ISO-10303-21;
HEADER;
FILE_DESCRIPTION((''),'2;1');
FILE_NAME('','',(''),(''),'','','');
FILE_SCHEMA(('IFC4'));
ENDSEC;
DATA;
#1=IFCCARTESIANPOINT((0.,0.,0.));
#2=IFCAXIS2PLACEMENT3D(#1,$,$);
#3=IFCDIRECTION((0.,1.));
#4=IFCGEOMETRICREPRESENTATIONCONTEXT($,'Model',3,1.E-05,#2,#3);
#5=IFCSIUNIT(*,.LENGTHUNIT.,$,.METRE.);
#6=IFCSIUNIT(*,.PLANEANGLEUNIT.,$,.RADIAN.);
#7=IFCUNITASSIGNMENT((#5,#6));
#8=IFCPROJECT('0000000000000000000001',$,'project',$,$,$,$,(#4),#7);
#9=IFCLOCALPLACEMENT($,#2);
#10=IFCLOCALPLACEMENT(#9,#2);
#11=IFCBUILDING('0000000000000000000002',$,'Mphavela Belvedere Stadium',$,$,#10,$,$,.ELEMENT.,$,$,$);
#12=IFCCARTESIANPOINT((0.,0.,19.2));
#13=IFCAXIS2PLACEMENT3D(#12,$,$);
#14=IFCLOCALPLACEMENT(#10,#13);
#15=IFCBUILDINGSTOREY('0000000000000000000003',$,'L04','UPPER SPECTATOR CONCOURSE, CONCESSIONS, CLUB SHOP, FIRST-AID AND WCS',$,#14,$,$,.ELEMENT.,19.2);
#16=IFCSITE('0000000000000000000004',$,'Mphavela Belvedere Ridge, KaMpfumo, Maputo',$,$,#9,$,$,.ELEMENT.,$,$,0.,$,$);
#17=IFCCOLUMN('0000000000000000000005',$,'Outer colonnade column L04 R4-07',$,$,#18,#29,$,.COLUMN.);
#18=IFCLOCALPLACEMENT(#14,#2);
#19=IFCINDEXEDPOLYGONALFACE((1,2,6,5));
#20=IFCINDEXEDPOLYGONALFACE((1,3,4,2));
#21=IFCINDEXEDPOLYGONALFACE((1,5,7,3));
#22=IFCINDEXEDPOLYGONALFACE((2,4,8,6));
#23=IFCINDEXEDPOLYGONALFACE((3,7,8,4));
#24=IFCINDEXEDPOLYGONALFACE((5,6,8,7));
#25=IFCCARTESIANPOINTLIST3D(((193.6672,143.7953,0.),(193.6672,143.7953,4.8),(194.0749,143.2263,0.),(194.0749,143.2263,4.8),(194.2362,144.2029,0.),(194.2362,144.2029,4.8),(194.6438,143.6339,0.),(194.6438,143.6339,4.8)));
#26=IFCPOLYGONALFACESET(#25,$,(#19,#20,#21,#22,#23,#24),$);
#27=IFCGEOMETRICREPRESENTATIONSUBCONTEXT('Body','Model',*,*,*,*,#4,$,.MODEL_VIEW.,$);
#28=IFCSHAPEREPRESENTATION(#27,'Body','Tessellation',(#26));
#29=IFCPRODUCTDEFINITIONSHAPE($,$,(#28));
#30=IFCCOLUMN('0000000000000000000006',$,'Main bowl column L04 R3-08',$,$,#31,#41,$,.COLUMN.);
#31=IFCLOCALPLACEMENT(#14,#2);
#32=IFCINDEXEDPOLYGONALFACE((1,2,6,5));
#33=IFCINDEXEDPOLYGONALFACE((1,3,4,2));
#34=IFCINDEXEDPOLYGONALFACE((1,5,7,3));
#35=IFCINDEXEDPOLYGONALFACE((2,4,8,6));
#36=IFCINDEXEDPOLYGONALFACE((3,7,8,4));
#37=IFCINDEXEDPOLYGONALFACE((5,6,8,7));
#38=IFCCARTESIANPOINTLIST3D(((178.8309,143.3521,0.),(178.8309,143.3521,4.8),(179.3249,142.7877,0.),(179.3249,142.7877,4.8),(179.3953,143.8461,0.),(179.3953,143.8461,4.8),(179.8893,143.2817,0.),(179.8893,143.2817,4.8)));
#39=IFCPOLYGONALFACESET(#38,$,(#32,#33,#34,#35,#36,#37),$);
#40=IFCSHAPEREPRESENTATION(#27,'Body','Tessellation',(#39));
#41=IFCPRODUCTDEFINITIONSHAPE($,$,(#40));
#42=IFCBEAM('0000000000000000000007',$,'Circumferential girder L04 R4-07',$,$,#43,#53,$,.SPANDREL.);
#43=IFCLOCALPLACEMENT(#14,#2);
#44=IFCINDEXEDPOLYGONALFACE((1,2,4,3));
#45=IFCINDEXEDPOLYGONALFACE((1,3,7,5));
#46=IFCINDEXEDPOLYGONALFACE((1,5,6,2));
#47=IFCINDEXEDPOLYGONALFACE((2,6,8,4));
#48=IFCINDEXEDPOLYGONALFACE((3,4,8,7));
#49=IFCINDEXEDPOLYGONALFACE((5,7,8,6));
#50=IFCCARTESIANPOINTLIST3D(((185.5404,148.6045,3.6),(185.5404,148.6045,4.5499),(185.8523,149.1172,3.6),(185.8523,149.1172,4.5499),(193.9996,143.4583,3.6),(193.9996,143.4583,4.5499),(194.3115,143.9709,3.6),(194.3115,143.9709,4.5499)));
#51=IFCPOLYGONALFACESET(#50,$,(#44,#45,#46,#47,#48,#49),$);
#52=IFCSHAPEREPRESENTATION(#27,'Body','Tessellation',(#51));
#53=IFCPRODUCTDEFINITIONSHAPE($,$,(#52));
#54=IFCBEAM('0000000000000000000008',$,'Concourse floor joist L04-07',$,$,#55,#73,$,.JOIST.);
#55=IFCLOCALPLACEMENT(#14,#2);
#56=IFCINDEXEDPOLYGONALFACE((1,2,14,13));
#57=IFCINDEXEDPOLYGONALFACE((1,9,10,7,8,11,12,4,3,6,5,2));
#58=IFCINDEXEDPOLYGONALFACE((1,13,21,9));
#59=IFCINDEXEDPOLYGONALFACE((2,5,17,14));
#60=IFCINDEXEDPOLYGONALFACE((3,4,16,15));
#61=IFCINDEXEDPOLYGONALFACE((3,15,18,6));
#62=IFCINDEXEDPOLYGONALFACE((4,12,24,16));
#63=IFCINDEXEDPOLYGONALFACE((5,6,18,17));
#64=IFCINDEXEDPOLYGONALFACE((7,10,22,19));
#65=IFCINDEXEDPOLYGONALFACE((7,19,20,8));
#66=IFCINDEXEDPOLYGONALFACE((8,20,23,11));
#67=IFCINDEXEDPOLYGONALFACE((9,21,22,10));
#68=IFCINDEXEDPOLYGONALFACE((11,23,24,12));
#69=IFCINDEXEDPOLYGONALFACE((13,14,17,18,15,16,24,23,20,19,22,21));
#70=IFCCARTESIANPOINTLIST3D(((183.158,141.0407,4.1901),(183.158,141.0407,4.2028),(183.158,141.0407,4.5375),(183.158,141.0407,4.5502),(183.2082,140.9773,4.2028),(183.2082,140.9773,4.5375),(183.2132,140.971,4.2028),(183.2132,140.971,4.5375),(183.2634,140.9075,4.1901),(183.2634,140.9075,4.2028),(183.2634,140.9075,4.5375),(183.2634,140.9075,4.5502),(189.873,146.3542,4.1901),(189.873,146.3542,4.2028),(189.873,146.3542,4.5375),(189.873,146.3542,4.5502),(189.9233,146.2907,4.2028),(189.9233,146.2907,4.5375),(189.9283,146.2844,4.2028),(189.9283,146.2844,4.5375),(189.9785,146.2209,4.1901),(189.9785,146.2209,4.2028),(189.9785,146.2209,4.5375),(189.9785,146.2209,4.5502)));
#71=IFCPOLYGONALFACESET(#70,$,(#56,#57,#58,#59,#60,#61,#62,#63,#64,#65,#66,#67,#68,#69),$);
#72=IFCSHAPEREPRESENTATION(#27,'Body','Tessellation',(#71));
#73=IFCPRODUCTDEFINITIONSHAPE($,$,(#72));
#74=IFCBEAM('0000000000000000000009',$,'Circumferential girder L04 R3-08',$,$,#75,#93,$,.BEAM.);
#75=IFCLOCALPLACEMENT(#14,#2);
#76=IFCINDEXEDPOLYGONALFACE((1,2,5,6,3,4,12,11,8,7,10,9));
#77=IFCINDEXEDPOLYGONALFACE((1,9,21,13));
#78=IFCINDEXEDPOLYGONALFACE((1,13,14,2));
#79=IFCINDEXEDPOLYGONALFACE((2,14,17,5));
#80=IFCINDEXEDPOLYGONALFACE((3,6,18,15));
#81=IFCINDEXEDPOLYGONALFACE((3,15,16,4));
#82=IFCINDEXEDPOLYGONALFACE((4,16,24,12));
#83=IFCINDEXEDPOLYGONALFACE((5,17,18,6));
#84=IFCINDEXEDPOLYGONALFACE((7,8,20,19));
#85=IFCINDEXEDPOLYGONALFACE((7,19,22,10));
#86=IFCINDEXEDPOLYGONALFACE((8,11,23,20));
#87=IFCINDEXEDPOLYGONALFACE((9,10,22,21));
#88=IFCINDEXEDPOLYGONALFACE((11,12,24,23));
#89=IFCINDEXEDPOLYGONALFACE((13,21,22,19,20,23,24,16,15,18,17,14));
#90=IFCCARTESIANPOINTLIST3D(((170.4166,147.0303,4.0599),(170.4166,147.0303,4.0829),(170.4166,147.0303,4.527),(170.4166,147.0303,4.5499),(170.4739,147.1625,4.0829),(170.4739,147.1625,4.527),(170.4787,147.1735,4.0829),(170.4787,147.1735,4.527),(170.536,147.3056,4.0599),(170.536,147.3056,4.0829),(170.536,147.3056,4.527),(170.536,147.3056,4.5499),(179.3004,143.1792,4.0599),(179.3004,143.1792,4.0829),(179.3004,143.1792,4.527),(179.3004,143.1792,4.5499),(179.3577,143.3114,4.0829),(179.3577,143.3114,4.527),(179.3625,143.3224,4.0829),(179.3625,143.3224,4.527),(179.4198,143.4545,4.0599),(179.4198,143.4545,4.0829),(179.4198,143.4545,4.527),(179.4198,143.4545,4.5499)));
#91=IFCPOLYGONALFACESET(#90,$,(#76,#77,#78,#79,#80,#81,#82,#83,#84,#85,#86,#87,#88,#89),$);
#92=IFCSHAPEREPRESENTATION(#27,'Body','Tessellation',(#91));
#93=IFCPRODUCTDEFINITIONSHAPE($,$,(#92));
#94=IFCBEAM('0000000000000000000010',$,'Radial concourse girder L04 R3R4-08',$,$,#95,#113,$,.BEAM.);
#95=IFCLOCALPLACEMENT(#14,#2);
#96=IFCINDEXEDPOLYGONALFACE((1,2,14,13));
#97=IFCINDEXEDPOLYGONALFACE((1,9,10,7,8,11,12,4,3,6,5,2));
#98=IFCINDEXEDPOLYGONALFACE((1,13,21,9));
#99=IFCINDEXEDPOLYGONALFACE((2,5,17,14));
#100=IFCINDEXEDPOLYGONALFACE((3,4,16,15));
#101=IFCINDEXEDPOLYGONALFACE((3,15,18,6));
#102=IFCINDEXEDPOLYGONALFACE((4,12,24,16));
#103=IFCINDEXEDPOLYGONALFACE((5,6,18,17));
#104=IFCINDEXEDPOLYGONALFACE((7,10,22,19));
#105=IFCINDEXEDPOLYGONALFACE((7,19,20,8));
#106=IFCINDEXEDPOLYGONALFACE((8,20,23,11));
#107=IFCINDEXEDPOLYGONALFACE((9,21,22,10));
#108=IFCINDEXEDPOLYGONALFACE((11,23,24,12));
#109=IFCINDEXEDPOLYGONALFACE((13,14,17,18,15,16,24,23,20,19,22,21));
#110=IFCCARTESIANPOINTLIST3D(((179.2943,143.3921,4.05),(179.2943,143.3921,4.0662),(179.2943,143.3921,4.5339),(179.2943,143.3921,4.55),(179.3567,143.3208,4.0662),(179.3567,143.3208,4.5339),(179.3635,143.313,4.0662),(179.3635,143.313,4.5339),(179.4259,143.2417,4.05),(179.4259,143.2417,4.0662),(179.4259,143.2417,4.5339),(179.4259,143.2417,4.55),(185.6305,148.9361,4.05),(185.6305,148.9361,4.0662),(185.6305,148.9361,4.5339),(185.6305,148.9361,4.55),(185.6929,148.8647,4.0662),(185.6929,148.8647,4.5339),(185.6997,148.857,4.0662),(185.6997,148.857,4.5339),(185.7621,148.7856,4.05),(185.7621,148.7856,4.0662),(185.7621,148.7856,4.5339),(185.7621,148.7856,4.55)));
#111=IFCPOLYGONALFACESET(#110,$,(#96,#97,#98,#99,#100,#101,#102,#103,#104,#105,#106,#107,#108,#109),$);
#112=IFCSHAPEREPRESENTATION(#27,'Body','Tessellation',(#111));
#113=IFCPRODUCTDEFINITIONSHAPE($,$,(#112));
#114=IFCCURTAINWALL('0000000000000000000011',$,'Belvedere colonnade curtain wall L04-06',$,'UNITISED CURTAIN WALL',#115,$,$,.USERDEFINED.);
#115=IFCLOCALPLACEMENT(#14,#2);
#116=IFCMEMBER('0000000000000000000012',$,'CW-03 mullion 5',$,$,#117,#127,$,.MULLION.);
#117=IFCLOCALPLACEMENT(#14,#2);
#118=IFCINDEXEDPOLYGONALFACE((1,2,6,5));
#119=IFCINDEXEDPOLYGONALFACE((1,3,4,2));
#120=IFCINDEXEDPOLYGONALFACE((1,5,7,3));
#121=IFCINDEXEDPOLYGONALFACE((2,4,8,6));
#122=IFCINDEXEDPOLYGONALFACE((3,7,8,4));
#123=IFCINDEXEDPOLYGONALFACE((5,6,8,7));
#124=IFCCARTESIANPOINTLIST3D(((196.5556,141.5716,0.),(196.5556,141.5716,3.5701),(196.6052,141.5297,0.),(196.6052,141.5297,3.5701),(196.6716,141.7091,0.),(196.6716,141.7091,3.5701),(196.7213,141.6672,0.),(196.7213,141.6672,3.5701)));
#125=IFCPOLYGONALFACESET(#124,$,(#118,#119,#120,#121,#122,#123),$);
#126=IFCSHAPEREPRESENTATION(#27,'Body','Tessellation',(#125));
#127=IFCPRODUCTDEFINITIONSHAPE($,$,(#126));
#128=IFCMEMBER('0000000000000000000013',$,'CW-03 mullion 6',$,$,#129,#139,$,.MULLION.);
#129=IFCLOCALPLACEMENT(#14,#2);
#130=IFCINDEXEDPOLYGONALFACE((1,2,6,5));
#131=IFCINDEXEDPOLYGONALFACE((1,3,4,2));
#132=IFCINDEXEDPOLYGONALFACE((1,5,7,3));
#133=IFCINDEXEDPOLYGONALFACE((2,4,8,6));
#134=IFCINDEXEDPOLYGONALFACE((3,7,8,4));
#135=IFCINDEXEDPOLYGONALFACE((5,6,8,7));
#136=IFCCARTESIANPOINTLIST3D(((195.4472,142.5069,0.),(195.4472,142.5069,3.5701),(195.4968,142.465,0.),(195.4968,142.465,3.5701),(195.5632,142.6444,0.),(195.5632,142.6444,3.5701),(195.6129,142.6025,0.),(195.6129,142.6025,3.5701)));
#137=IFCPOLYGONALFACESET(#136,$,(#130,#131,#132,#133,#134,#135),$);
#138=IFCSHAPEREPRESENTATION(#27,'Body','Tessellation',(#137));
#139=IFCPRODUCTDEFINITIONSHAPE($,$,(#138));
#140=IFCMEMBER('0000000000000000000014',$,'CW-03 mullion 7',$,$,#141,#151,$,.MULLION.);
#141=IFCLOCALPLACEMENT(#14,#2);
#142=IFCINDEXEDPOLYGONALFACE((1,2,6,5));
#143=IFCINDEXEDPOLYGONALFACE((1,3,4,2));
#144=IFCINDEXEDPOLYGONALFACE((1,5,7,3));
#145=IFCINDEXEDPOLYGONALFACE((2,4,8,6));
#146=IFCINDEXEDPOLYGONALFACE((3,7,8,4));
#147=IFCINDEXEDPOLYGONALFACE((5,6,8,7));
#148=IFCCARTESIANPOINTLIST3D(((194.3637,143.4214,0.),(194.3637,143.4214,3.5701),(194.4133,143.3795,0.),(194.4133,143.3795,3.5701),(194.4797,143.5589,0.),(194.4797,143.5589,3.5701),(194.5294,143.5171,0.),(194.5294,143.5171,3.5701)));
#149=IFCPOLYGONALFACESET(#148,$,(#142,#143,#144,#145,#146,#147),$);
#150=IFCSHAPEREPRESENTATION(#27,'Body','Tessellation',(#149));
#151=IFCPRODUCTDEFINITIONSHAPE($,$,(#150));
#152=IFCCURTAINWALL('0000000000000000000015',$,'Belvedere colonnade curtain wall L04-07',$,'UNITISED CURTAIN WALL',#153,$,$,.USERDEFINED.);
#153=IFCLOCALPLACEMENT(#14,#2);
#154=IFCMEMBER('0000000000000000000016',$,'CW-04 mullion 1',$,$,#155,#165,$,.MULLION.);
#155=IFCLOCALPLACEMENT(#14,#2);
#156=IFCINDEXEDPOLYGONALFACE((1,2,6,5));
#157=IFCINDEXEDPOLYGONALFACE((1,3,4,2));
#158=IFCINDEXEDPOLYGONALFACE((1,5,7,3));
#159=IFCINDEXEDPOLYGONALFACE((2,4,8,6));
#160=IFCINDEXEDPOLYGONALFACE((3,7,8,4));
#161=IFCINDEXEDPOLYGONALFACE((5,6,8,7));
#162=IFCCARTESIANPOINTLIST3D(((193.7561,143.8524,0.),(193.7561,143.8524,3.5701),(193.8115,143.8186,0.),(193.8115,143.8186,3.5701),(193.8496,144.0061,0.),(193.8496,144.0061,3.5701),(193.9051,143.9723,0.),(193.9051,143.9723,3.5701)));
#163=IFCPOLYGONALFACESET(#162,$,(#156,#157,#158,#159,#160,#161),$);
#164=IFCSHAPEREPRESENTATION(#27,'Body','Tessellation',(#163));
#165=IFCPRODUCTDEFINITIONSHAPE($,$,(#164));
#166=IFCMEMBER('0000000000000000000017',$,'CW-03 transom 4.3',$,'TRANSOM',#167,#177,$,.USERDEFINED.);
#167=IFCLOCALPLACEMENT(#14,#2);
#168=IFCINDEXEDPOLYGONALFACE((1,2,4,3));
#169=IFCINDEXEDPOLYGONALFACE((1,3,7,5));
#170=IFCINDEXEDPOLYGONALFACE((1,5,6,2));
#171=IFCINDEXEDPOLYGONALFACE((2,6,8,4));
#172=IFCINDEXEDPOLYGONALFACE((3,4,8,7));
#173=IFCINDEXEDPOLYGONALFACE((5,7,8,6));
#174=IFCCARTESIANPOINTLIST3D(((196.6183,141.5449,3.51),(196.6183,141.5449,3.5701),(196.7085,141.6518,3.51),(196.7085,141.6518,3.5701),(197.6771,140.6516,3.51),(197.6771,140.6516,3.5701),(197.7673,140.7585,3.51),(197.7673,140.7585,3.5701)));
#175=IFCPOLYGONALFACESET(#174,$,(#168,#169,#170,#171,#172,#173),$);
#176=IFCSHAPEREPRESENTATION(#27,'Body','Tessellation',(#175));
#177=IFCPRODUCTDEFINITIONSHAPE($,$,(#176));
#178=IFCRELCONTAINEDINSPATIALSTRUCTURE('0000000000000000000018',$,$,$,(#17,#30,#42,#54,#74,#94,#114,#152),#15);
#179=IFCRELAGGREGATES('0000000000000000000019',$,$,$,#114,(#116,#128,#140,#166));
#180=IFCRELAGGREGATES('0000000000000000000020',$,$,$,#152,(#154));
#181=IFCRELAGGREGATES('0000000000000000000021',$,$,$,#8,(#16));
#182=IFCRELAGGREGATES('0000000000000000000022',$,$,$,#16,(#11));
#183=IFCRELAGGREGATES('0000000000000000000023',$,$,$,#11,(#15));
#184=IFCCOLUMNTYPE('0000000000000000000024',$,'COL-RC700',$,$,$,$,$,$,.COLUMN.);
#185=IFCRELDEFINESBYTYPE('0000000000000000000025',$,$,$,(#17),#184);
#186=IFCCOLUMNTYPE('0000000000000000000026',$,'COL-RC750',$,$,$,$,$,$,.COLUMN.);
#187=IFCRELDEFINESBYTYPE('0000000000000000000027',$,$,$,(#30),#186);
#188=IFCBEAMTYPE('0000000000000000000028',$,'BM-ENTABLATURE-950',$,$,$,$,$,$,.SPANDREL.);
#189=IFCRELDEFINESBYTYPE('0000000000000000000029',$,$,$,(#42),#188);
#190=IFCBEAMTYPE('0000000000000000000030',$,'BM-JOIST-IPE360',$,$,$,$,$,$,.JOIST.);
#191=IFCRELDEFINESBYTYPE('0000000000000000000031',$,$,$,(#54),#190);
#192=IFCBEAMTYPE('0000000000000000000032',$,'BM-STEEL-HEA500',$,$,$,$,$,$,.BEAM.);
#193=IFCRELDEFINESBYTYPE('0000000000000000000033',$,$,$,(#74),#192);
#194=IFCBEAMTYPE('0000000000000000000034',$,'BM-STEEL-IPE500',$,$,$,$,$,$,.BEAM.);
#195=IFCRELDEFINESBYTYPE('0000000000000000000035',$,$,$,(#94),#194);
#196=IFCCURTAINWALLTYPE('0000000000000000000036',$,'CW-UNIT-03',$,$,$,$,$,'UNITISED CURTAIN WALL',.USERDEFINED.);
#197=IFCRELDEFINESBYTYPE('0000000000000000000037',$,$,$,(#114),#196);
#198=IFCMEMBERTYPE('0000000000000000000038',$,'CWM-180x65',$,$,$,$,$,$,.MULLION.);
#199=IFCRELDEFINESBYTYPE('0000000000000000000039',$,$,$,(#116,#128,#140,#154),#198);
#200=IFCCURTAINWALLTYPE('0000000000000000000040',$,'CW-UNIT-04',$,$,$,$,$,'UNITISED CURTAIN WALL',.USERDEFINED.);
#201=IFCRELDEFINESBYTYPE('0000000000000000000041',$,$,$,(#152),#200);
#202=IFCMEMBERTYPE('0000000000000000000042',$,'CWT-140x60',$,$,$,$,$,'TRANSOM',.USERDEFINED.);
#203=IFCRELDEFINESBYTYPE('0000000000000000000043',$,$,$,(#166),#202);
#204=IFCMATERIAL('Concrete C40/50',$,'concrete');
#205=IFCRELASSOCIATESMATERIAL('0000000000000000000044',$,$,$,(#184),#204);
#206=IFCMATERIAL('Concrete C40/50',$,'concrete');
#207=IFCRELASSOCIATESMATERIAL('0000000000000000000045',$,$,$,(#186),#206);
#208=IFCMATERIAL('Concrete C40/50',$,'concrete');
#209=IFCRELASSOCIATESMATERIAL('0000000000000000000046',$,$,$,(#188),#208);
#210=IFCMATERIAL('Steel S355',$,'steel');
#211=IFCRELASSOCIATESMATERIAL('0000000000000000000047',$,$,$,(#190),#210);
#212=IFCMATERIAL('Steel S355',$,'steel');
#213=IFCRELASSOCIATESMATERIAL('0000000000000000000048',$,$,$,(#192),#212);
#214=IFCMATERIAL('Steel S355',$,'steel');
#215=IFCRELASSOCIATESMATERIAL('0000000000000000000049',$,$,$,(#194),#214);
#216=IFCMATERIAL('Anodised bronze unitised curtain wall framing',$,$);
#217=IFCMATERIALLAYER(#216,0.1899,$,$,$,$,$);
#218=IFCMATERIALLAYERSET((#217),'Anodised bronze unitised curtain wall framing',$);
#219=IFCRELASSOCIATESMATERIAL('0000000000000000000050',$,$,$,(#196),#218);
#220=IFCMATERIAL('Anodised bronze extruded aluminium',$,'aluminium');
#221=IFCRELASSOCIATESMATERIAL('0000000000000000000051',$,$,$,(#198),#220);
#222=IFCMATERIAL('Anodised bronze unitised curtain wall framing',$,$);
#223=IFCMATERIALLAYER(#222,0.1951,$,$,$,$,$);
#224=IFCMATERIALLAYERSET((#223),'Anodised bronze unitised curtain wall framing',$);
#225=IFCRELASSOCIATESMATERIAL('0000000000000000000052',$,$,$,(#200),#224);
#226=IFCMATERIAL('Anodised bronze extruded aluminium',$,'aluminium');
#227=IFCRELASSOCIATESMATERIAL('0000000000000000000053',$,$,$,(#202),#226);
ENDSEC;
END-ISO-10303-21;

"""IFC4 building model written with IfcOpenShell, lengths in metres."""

from ifc_helpers import new_model, si_unit, direction, frame, origin, origin_2d, place, context, subcontext, project, spatial, rectangle, i_section, extrude, material, layer, layer_set, material_profile, profile_set, type_object, element, aggregate, save


model = new_model("IFC4")

# Units and contexts
model_context = context("Model", 3, precision=1e-05, world=origin(), true_north=direction((0.0, 1.0)))
body_context = subcontext(model_context, "Body", "Model", "MODEL_VIEW")
ifc_project = project(units=[si_unit("LENGTHUNIT", "METRE"), si_unit("PLANEANGLEUNIT", "RADIAN")], contexts=[model_context])

# Site, building, storey
site_placement = place(None, origin())
site = spatial("IfcSite", under=ifc_project, at=site_placement, Name="Mphavela Belvedere Ridge, KaMpfumo, Maputo", CompositionType="ELEMENT", RefElevation=0.0)
building_placement = place(site_placement, origin())
building = spatial("IfcBuilding", under=site, at=building_placement, Name="Mphavela Belvedere Stadium", CompositionType="ELEMENT")
storey_placement = place(building_placement, frame((0.0, 0.0, 19.2)))
storey = spatial("IfcBuildingStorey", under=building, at=storey_placement, Name="L04", Description="UPPER SPECTATOR CONCOURSE, CONCESSIONS, CLUB SHOP, FIRST-AID AND WCS", CompositionType="ELEMENT", Elevation=19.2)

# Columns
ifc_material_1 = material(Name="Concrete C40/50", Category="concrete")
ifc_material_profile_1 = material_profile(ifc_material_1, rectangle(XDim=0.7, YDim=0.7, at=origin_2d()), Name="RC 700x700")
ifc_profile_set_1 = profile_set([ifc_material_profile_1], Name="Concrete C40/50")
column_type_1 = type_object("IfcColumnType", Name="COL-RC700", PredefinedType="COLUMN", material=ifc_profile_set_1)
column_1_placement = place(storey_placement, frame((194.1555, 143.7146, 0.0), z_axis=(0.0, 0.0, 1.0), x_axis=(0.812898, 0.582407, 0.0)))
element("IfcColumn", 1, at=column_1_placement, inside=storey, type_object=column_type_1, Name="Outer colonnade column L04 R4-07", PredefinedType="COLUMN", context=body_context, shape_type="SweptSolid", body=[
    extrude(rectangle(XDim=0.7, YDim=0.7, at=origin_2d()), origin(), (0.0, 0.0, 1.0), 4.8),
])
ifc_material_2 = material(Name="Concrete C40/50", Category="concrete")
ifc_material_profile_2 = material_profile(ifc_material_2, rectangle(XDim=0.75, YDim=0.75, at=origin_2d()), Name="RC 750x750")
ifc_profile_set_2 = profile_set([ifc_material_profile_2], Name="Concrete C40/50")
column_type_2 = type_object("IfcColumnType", Name="COL-RC750", PredefinedType="COLUMN", material=ifc_profile_set_2)
column_2_placement = place(storey_placement, frame((179.3601, 143.3169, 0.0), z_axis=(0.0, 0.0, 1.0), x_axis=(0.75253, 0.658558, 0.0)))
element("IfcColumn", 2, at=column_2_placement, inside=storey, type_object=column_type_2, Name="Main bowl column L04 R3-08", PredefinedType="COLUMN", context=body_context, shape_type="SweptSolid", body=[
    extrude(rectangle(XDim=0.75, YDim=0.75, at=origin_2d()), origin(), (0.0, 0.0, 1.0), 4.8),
])

# Beams
ifc_material_3 = material(Name="Concrete C40/50", Category="concrete")
ifc_material_profile_3 = material_profile(ifc_material_3, rectangle(XDim=0.6001, YDim=0.95, at=origin_2d()), Name="RC 600x950")
ifc_profile_set_3 = profile_set([ifc_material_profile_3], Name="Concrete C40/50")
beam_type_1 = type_object("IfcBeamType", Name="BM-ENTABLATURE-950", PredefinedType="SPANDREL", material=ifc_profile_set_3)
beam_1_placement = place(storey_placement, frame((194.1555, 143.7146, 4.075), z_axis=(-0.854327, 0.519737, 0.0), x_axis=(-0.519737, -0.854327, 0.0)))
element("IfcBeam", 3, at=beam_1_placement, inside=storey, type_object=beam_type_1, Name="Circumferential girder L04 R4-07", PredefinedType="SPANDREL", context=body_context, shape_type="SweptSolid", body=[
    extrude(rectangle(XDim=0.6001, YDim=0.95, at=origin_2d()), origin(), (0.0, 0.0, 1.0), 9.9016),
])
ifc_material_4 = material(Name="Steel S355", Category="steel")
ifc_material_profile_4 = material_profile(ifc_material_4, i_section(OverallWidth=0.1699, OverallDepth=0.3601, WebThickness=0.0081, FlangeThickness=0.0127, at=origin_2d()), Name="IPE 360")
ifc_profile_set_4 = profile_set([ifc_material_profile_4], Name="Steel S355")
beam_type_2 = type_object("IfcBeamType", Name="BM-JOIST-IPE360", PredefinedType="JOIST", material=ifc_profile_set_4)
beam_2_placement = place(storey_placement, frame((183.2107, 140.9741, 4.3701), z_axis=(0.784196, 0.620514, 0.0), x_axis=(-0.620514, 0.784196, 0.0)))
element("IfcBeam", 4, at=beam_2_placement, inside=storey, type_object=beam_type_2, Name="Concourse floor joist L04-07", PredefinedType="JOIST", context=body_context, shape_type="SweptSolid", body=[
    extrude(i_section(OverallWidth=0.1699, OverallDepth=0.3601, WebThickness=0.0081, FlangeThickness=0.0127, at=origin_2d()), origin(), (0.0, 0.0, 1.0), 8.563),
])
ifc_material_5 = material(Name="Steel S355", Category="steel")
ifc_material_profile_5 = material_profile(ifc_material_5, i_section(OverallWidth=0.3, OverallDepth=0.49, WebThickness=0.012, FlangeThickness=0.0229, at=origin_2d()), Name="HEA 500")
ifc_profile_set_5 = profile_set([ifc_material_profile_5], Name="Steel S355")
beam_type_3 = type_object("IfcBeamType", Name="BM-STEEL-HEA500", PredefinedType="BEAM", material=ifc_profile_set_5)
beam_3_placement = place(storey_placement, frame((179.3601, 143.3169, 4.3049), z_axis=(-0.917502, 0.397732, 0.0), x_axis=(-0.397732, -0.917502, 0.0)))
element("IfcBeam", 5, at=beam_3_placement, inside=storey, type_object=beam_type_3, Name="Circumferential girder L04 R3-08", PredefinedType="BEAM", context=body_context, shape_type="SweptSolid", body=[
    extrude(i_section(OverallWidth=0.3, OverallDepth=0.49, WebThickness=0.012, FlangeThickness=0.0229, at=origin_2d()), origin(), (0.0, 0.0, 1.0), 9.6826),
])
ifc_material_6 = material(Name="Steel S355", Category="steel")
ifc_material_profile_6 = material_profile(ifc_material_6, i_section(OverallWidth=0.2, OverallDepth=0.5, WebThickness=0.0103, FlangeThickness=0.0161, at=origin_2d()), Name="IPE 500")
ifc_profile_set_6 = profile_set([ifc_material_profile_6], Name="Steel S355")
beam_type_4 = type_object("IfcBeamType", Name="BM-STEEL-IPE500", PredefinedType="BEAM", material=ifc_profile_set_6)
beam_4_placement = place(storey_placement, frame((179.3601, 143.3169, 4.3), z_axis=(0.752589, 0.65849, 0.0), x_axis=(-0.65849, 0.752589, 0.0)))
element("IfcBeam", 6, at=beam_4_placement, inside=storey, type_object=beam_type_4, Name="Radial concourse girder L04 R3R4-08", PredefinedType="BEAM", context=body_context, shape_type="SweptSolid", body=[
    extrude(i_section(OverallWidth=0.2, OverallDepth=0.5, WebThickness=0.0103, FlangeThickness=0.0161, at=origin_2d()), origin(), (0.0, 0.0, 1.0), 8.4192),
])

# Curtain wall, members
ifc_material_7 = material(Name="Anodised bronze unitised curtain wall framing")
ifc_layer_1 = layer(ifc_material_7, 0.1899)
ifc_layer_set_1 = layer_set([ifc_layer_1], Name="Anodised bronze unitised curtain wall framing")
curtain_wall_type_1 = type_object("IfcCurtainWallType", Name="CW-UNIT-03", ElementType="UNITISED CURTAIN WALL", PredefinedType="USERDEFINED", material=ifc_layer_set_1)
curtain_wall_1_placement = place(storey_placement, origin())
curtain_wall_1 = element("IfcCurtainWall", 7, at=curtain_wall_1_placement, inside=storey, type_object=curtain_wall_type_1, Name="Belvedere colonnade curtain wall L04-06", ObjectType="UNITISED CURTAIN WALL", PredefinedType="USERDEFINED")
ifc_material_8 = material(Name="Anodised bronze extruded aluminium", Category="aluminium")
ifc_material_profile_7 = material_profile(ifc_material_8, rectangle(XDim=0.1799, YDim=0.0649, at=origin_2d()), Name="CW-MUL 180x65")
ifc_profile_set_7 = profile_set([ifc_material_profile_7], Name="Anodised bronze extruded aluminium")
member_type_1 = type_object("IfcMemberType", Name="CWM-180x65", PredefinedType="MULLION", material=ifc_profile_set_7)
member_1_placement = place(storey_placement, frame((196.6384, 141.6194, 0.0), z_axis=(0.0, 0.0, 1.0), x_axis=(-0.644916, -0.764253, 0.0)))
member_1 = element("IfcMember", 8, at=member_1_placement, type_object=member_type_1, Name="CW-03 mullion 5", PredefinedType="MULLION", context=body_context, shape_type="SweptSolid", body=[
    extrude(rectangle(XDim=0.1799, YDim=0.0649, at=origin_2d()), origin(), (0.0, 0.0, 1.0), 3.5701),
])
member_2_placement = place(storey_placement, frame((195.53, 142.5547, 0.0), z_axis=(0.0, 0.0, 1.0), x_axis=(-0.644916, -0.764253, 0.0)))
member_2 = element("IfcMember", 9, at=member_2_placement, type_object=member_type_1, Name="CW-03 mullion 6", PredefinedType="MULLION", context=body_context, shape_type="SweptSolid", body=[
    extrude(rectangle(XDim=0.1799, YDim=0.0649, at=origin_2d()), origin(), (0.0, 0.0, 1.0), 3.5701),
])
member_3_placement = place(storey_placement, frame((194.4465, 143.4692, 0.0), z_axis=(0.0, 0.0, 1.0), x_axis=(-0.644916, -0.764253, 0.0)))
member_3 = element("IfcMember", 10, at=member_3_placement, type_object=member_type_1, Name="CW-03 mullion 7", PredefinedType="MULLION", context=body_context, shape_type="SweptSolid", body=[
    extrude(rectangle(XDim=0.1799, YDim=0.0649, at=origin_2d()), origin(), (0.0, 0.0, 1.0), 3.5701),
])

# Curtain wall, member
ifc_material_9 = material(Name="Anodised bronze unitised curtain wall framing")
ifc_layer_2 = layer(ifc_material_9, 0.1951)
ifc_layer_set_2 = layer_set([ifc_layer_2], Name="Anodised bronze unitised curtain wall framing")
curtain_wall_type_2 = type_object("IfcCurtainWallType", Name="CW-UNIT-04", ElementType="UNITISED CURTAIN WALL", PredefinedType="USERDEFINED", material=ifc_layer_set_2)
curtain_wall_2_placement = place(storey_placement, origin())
curtain_wall_2 = element("IfcCurtainWall", 11, at=curtain_wall_2_placement, inside=storey, type_object=curtain_wall_type_2, Name="Belvedere colonnade curtain wall L04-07", ObjectType="UNITISED CURTAIN WALL", PredefinedType="USERDEFINED")
member_4_placement = place(storey_placement, frame((193.8306, 143.9124, 0.0), z_axis=(0.0, 0.0, 1.0), x_axis=(-0.519735, -0.854327, 0.0)))
member_4 = element("IfcMember", 12, at=member_4_placement, type_object=member_type_1, Name="CW-04 mullion 1", PredefinedType="MULLION", context=body_context, shape_type="SweptSolid", body=[
    extrude(rectangle(XDim=0.1799, YDim=0.0649, at=origin_2d()), origin(), (0.0, 0.0, 1.0), 3.5701),
])

# Member
ifc_material_10 = material(Name="Anodised bronze extruded aluminium", Category="aluminium")
ifc_material_profile_8 = material_profile(ifc_material_10, rectangle(XDim=0.1399, YDim=0.0601, at=origin_2d()), Name="CW-TRN 140x60")
ifc_profile_set_8 = profile_set([ifc_material_profile_8], Name="Anodised bronze extruded aluminium")
member_type_2 = type_object("IfcMemberType", Name="CWT-140x60", ElementType="TRANSOM", PredefinedType="USERDEFINED", material=ifc_profile_set_8)
member_5_placement = place(storey_placement, frame((197.7222, 140.7051, 3.54), z_axis=(-0.764321, 0.644836, 0.0), x_axis=(-0.644836, -0.764321, 0.0)))
member_5 = element("IfcMember", 13, at=member_5_placement, type_object=member_type_2, Name="CW-03 transom 4.3", ObjectType="TRANSOM", PredefinedType="USERDEFINED", context=body_context, shape_type="SweptSolid", body=[
    extrude(rectangle(XDim=0.1399, YDim=0.0601, at=origin_2d()), origin(), (0.0, 0.0, 1.0), 1.3853),
])

aggregate(curtain_wall_1, [member_1, member_2, member_3, member_5])
aggregate(curtain_wall_2, [member_4])

save(model, "model.ifc")
